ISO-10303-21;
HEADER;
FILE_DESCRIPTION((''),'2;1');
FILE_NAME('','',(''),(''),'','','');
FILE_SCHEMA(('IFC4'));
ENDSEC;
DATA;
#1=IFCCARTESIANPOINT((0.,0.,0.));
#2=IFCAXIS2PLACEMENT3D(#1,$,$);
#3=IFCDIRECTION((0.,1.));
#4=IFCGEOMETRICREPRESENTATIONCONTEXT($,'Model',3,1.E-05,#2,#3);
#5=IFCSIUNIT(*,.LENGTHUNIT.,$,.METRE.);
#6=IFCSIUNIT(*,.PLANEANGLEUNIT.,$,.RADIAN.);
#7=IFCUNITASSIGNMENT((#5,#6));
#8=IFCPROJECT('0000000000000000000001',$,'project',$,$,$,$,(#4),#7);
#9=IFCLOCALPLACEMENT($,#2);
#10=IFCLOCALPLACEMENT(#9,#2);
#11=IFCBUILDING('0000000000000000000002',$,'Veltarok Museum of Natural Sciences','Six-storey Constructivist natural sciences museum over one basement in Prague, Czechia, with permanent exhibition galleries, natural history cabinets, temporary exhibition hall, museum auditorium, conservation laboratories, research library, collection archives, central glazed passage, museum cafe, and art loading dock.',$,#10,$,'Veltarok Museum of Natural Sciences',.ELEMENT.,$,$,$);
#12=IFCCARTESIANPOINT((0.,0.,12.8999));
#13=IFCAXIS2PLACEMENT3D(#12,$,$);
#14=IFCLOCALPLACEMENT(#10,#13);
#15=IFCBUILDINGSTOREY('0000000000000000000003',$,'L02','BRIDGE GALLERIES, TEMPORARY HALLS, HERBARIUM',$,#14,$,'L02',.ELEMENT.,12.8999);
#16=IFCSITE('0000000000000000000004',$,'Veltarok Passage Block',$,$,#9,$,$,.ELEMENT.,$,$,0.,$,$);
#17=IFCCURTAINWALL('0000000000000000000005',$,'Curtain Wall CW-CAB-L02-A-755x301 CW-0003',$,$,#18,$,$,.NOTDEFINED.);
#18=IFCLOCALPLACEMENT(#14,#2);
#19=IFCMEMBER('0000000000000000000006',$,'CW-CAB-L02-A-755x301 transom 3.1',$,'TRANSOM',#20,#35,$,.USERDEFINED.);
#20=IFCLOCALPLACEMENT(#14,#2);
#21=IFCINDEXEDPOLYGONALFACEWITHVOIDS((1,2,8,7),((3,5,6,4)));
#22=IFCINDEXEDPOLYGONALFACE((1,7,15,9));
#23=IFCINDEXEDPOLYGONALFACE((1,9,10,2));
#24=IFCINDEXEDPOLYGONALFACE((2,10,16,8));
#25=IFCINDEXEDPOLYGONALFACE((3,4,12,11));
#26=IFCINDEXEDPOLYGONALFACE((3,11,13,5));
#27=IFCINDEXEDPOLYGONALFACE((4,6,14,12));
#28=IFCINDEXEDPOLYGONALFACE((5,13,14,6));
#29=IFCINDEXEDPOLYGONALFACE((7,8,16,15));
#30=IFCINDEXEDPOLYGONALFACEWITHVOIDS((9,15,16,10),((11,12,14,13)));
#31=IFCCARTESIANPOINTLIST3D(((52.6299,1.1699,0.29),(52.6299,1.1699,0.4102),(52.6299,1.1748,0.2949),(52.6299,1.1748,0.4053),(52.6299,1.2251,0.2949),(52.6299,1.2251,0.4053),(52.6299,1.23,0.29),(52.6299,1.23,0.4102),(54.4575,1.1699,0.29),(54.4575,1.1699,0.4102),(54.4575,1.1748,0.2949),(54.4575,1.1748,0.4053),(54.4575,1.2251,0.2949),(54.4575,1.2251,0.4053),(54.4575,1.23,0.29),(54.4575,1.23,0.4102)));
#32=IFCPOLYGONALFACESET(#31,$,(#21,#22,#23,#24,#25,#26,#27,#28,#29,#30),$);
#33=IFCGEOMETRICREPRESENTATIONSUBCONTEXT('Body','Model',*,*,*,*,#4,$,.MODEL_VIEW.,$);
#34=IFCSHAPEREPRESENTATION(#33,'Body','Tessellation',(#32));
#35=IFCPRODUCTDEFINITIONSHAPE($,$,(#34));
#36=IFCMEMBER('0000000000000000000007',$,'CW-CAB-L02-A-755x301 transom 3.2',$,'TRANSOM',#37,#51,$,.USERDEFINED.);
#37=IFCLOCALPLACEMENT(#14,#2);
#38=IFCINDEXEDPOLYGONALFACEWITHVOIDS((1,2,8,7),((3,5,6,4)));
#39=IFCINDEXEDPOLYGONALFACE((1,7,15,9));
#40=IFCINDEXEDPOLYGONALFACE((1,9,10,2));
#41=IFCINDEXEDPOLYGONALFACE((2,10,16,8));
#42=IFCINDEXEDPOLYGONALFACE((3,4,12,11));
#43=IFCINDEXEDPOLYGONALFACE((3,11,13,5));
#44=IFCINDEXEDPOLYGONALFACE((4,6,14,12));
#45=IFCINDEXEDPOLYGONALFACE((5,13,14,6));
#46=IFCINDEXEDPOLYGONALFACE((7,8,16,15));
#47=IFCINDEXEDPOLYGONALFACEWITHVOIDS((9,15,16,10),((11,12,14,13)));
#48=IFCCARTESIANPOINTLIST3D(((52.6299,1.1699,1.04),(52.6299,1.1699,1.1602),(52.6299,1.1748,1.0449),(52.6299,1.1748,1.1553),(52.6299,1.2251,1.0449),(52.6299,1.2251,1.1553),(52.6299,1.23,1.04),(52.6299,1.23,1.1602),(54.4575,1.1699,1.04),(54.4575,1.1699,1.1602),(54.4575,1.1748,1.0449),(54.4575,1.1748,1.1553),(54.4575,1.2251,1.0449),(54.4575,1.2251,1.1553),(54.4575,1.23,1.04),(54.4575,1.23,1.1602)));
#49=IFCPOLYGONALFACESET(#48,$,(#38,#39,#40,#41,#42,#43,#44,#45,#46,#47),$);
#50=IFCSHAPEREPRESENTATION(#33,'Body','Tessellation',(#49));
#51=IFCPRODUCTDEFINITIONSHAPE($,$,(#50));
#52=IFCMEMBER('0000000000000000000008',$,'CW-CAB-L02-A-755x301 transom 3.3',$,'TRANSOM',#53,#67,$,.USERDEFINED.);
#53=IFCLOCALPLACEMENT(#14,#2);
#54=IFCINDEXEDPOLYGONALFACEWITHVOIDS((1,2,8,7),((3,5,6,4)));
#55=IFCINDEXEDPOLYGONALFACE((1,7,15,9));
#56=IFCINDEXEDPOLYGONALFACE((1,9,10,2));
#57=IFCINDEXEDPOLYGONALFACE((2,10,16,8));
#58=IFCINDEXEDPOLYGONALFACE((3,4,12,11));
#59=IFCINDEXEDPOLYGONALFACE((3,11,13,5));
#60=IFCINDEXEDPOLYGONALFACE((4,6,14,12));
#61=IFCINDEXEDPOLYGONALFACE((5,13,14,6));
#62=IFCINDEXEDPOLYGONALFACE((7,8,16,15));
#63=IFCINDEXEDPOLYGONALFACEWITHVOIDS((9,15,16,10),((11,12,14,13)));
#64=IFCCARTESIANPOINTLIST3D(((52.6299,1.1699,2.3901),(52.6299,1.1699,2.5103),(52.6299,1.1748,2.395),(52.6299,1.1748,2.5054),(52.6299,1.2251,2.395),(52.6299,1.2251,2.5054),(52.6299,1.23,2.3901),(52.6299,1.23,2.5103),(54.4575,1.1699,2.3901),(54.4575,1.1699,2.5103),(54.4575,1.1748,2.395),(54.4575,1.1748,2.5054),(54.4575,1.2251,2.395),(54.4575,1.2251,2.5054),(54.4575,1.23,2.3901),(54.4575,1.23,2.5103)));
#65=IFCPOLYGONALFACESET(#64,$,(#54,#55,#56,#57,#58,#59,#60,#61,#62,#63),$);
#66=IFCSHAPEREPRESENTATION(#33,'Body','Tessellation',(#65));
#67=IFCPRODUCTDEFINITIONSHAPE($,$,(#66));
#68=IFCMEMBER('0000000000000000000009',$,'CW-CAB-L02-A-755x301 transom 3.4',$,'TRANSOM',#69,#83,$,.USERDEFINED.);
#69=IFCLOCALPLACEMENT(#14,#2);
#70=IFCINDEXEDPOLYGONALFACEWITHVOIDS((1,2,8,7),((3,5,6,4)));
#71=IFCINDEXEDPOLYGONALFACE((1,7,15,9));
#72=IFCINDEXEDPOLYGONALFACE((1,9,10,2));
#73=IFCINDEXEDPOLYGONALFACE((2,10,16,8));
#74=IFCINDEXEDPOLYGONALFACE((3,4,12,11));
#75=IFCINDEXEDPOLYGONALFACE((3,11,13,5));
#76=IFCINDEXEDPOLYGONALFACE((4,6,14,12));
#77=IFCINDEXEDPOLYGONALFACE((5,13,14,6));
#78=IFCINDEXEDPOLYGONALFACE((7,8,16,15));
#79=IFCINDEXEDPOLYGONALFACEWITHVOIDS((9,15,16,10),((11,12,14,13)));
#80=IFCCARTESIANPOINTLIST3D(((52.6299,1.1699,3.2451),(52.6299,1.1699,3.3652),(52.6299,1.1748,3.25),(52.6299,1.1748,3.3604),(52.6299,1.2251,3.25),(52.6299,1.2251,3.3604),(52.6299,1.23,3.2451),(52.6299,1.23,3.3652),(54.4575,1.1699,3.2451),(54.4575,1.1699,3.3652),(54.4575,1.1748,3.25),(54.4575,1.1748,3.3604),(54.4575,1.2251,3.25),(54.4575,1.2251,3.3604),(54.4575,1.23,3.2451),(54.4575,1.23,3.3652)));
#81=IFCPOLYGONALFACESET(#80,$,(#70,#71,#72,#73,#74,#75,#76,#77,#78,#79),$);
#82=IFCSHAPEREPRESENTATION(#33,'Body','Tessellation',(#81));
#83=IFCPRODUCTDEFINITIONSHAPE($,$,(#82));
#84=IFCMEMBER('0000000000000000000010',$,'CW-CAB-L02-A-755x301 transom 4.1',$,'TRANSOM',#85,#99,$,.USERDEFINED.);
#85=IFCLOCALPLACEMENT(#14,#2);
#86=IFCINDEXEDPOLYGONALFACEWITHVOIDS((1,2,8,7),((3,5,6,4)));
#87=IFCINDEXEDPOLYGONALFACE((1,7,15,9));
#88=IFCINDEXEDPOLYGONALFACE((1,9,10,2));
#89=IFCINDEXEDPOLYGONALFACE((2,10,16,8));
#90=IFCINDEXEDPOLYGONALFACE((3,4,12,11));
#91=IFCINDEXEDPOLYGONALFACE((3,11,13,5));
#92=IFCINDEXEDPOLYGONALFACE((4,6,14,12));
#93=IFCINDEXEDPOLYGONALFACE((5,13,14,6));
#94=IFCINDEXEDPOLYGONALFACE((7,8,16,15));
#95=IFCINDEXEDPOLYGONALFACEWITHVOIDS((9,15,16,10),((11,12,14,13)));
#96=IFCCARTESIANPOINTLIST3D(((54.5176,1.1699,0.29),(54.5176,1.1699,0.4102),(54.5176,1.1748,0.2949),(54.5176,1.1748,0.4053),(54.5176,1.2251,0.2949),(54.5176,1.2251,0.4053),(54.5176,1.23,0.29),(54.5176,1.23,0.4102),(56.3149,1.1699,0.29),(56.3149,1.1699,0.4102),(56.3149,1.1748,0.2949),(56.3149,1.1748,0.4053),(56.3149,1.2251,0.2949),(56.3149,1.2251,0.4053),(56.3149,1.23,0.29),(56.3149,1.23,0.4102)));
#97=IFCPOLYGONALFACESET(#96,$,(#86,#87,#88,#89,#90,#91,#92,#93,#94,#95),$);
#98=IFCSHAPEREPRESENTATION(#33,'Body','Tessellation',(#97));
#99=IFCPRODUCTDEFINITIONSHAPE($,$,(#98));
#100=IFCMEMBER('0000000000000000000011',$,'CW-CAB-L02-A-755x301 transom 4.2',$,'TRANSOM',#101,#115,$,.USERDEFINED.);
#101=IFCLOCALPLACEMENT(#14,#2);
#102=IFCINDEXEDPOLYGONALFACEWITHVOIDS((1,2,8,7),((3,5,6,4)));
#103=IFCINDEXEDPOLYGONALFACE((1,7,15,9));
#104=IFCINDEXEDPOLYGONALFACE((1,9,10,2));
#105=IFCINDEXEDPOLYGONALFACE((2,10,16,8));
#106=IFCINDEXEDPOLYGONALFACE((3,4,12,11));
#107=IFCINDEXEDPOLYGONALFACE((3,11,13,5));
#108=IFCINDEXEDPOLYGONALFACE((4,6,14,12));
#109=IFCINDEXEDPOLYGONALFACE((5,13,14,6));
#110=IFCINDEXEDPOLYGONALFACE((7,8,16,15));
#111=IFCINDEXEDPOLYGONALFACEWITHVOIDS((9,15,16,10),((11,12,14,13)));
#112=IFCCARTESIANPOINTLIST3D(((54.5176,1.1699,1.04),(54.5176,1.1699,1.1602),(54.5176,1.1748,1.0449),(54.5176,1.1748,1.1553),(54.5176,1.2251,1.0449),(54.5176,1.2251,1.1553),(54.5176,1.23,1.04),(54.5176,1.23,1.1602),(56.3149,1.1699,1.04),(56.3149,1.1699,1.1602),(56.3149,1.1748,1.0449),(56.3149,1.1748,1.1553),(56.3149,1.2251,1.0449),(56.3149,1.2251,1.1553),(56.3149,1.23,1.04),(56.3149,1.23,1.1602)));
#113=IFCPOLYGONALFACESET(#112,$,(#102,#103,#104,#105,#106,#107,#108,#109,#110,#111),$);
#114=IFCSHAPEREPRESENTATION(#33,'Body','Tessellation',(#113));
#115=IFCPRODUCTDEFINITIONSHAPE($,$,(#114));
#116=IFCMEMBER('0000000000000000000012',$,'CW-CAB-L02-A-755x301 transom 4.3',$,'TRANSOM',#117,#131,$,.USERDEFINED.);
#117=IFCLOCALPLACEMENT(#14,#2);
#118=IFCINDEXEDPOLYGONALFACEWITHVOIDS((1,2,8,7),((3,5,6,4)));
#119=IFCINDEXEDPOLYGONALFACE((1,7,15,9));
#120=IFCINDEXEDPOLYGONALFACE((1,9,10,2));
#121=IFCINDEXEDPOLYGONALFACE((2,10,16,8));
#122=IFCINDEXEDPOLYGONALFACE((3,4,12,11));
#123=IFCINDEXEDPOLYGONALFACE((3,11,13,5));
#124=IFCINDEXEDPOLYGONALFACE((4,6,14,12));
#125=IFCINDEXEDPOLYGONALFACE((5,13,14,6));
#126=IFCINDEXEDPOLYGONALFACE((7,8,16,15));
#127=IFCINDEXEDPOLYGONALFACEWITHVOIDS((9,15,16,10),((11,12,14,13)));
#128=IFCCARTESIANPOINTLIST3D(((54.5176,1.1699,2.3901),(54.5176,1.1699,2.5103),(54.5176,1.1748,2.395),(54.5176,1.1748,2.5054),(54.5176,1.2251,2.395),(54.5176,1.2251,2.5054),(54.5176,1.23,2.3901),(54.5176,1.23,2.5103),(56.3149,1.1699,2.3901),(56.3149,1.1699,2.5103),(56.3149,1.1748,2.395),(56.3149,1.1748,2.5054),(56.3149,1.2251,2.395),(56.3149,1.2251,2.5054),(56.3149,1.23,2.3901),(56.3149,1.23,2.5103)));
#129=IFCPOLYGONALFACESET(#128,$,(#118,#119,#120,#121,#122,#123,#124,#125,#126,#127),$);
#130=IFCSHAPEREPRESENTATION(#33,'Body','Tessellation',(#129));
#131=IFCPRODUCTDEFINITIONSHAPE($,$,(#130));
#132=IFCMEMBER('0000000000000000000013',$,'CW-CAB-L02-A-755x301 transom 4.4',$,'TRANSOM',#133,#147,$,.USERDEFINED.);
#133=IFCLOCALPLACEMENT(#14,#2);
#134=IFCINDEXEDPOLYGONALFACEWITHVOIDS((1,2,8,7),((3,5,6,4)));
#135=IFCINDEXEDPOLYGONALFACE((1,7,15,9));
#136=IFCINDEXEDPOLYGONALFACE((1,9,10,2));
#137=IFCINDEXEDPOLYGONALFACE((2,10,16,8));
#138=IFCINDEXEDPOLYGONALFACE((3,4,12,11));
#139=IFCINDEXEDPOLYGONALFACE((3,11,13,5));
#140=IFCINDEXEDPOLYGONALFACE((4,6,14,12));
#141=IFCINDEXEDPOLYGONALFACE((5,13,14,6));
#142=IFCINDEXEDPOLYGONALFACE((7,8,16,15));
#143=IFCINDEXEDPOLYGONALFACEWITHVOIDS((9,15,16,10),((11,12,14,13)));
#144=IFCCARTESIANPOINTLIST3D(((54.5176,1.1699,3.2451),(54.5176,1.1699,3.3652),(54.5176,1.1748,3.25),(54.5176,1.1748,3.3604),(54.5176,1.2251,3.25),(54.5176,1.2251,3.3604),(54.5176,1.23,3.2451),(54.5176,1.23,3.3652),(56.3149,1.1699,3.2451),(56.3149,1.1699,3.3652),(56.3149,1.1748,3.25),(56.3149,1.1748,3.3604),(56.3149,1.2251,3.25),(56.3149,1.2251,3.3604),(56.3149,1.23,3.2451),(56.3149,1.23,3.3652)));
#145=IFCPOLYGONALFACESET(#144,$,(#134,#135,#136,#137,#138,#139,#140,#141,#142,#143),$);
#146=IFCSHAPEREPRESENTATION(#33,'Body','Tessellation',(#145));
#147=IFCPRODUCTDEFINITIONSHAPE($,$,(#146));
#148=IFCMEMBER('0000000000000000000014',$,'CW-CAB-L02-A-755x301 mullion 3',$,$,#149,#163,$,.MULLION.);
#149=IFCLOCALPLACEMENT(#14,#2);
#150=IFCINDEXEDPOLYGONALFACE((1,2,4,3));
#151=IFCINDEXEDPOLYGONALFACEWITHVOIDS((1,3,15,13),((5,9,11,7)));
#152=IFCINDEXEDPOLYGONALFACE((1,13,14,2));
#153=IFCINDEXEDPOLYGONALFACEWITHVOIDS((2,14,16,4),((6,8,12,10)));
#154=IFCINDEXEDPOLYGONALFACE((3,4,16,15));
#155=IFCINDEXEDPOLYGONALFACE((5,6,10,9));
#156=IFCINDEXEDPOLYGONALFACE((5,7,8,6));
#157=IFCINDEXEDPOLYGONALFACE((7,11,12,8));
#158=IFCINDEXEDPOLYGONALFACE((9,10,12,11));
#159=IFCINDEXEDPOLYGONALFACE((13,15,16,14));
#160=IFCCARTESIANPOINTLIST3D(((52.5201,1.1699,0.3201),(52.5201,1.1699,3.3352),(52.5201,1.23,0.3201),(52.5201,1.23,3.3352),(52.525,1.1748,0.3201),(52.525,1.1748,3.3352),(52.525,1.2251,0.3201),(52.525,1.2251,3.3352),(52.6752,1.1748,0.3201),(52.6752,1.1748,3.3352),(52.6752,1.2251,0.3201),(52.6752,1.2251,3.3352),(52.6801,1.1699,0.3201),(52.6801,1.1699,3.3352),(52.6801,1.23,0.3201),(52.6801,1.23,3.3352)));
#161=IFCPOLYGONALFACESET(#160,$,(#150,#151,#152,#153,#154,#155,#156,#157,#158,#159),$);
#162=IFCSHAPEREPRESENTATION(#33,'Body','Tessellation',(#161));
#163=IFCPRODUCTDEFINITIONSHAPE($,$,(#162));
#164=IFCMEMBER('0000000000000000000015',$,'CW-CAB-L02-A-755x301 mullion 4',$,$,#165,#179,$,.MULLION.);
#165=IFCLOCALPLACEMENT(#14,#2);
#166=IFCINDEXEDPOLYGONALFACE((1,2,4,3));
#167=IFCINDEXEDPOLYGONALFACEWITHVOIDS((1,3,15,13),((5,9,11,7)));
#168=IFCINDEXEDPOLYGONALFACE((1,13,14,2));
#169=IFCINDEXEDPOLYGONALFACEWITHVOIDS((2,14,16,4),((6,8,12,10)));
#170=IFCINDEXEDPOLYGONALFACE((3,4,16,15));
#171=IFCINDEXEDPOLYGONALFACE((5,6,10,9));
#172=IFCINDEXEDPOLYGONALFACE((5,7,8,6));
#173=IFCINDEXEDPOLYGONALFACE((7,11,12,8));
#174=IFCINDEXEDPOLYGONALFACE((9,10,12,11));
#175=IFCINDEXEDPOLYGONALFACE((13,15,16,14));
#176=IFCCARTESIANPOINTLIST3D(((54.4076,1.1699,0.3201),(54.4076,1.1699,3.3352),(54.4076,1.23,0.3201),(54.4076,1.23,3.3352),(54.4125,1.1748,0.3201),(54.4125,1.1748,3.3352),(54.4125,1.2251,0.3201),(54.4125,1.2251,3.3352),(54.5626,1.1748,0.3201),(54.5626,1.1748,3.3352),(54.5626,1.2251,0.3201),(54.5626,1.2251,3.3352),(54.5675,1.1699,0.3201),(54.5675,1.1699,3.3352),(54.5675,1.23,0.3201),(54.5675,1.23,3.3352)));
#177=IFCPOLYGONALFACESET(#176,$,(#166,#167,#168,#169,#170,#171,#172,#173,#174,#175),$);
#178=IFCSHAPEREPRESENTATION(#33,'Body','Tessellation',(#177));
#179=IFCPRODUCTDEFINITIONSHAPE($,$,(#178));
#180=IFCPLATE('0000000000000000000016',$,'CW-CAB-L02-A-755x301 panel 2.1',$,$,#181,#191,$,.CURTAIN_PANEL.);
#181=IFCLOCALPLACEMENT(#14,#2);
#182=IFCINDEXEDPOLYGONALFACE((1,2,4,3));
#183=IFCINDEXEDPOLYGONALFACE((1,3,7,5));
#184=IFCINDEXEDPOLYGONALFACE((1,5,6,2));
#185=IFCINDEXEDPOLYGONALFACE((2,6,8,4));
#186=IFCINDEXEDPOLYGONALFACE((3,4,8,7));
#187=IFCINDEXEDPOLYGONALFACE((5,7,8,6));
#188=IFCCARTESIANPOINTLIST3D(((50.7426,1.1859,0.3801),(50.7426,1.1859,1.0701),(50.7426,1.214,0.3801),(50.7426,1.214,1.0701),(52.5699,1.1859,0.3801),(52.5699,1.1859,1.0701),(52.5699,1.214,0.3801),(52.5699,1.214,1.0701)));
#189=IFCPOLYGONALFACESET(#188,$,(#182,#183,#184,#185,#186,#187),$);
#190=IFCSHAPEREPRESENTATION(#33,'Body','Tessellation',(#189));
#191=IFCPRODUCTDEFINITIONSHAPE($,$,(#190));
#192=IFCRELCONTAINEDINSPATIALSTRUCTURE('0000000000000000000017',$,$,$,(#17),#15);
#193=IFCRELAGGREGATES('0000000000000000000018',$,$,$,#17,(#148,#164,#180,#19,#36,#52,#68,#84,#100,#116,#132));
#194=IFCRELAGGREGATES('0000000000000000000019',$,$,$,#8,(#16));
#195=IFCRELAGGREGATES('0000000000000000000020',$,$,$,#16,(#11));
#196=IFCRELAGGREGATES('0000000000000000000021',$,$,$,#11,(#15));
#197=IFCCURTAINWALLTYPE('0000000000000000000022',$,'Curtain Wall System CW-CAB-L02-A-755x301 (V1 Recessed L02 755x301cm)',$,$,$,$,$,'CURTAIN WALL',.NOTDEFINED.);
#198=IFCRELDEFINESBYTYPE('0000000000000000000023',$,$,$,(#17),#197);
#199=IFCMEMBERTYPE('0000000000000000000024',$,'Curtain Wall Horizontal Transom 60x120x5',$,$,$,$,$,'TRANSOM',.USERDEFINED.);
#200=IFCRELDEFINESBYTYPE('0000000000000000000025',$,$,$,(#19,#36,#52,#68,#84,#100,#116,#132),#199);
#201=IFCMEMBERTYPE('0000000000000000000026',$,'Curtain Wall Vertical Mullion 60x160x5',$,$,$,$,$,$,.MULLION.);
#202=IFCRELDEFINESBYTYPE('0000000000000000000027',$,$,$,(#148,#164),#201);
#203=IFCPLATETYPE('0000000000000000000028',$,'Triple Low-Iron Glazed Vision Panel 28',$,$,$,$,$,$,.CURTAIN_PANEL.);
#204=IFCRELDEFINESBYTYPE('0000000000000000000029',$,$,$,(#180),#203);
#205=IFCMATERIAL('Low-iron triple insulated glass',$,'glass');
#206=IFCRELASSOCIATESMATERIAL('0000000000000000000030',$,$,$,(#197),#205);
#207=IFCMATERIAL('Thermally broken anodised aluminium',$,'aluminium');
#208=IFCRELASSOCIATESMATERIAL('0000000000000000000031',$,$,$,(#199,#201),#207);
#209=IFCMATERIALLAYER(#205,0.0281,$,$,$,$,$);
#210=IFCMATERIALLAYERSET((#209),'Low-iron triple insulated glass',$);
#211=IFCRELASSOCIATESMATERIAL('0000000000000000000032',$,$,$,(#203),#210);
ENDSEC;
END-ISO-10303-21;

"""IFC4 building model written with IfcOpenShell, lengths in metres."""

from ifc_helpers import new_model, si_unit, direction, frame, origin, origin_2d, place, context, subcontext, project, spatial, rectangle, hollow_rectangle, extrude, material, layer, layer_set, material_profile, profile_set, type_object, element, aggregate, save


model = new_model("IFC4")

# Units and contexts
model_context = context("Model", 3, precision=1e-05, world=origin(), true_north=direction((0.0, 1.0)))
body_context = subcontext(model_context, "Body", "Model", "MODEL_VIEW")
ifc_project = project(units=[si_unit("LENGTHUNIT", "METRE"), si_unit("PLANEANGLEUNIT", "RADIAN")], contexts=[model_context])

# Site, building, storey
site_placement = place(None, origin())
site = spatial("IfcSite", under=ifc_project, at=site_placement, Name="Veltarok Passage Block", CompositionType="ELEMENT", RefElevation=0.0)
building_placement = place(site_placement, origin())
building = spatial("IfcBuilding", under=site, at=building_placement, Name="Veltarok Museum of Natural Sciences", Description="Six-storey Constructivist natural sciences museum over one basement in Prague, Czechia, with permanent exhibition galleries, natural history cabinets, temporary exhibition hall, museum auditorium, conservation laboratories, research library, collection archives, central glazed passage, museum cafe, and art loading dock.", LongName="Veltarok Museum of Natural Sciences", CompositionType="ELEMENT")
storey_placement = place(building_placement, frame((0.0, 0.0, 12.8999)))
storey = spatial("IfcBuildingStorey", under=building, at=storey_placement, Name="L02", Description="BRIDGE GALLERIES, TEMPORARY HALLS, HERBARIUM", LongName="L02", CompositionType="ELEMENT", Elevation=12.8999)

# Curtain wall, members, plate
ifc_material_1 = material(Name="Low-iron triple insulated glass", Category="glass")
curtain_wall_type = type_object("IfcCurtainWallType", Name="Curtain Wall System CW-CAB-L02-A-755x301 (V1 Recessed L02 755x301cm)", ElementType="CURTAIN WALL", PredefinedType="NOTDEFINED", material=ifc_material_1)
curtain_wall_placement = place(storey_placement, origin())
curtain_wall = element("IfcCurtainWall", 1, at=curtain_wall_placement, inside=storey, type_object=curtain_wall_type, Name="Curtain Wall CW-CAB-L02-A-755x301 CW-0003", PredefinedType="NOTDEFINED")
ifc_material_2 = material(Name="Thermally broken anodised aluminium", Category="aluminium")
ifc_material_profile_1 = material_profile(ifc_material_2, hollow_rectangle(XDim=0.0601, YDim=0.1201, WallThickness=0.0049, at=origin_2d()), Name="CW TRANSOM 60x120x5")
ifc_profile_set_1 = profile_set([ifc_material_profile_1], Name="Thermally broken anodised aluminium")
member_type_1 = type_object("IfcMemberType", Name="Curtain Wall Horizontal Transom 60x120x5", ElementType="TRANSOM", PredefinedType="USERDEFINED", material=ifc_profile_set_1)
member_1_placement = place(storey_placement, frame((52.6299, 1.2, 0.3501), z_axis=(1.0, 0.0, 0.0), x_axis=(0.0, 1.0, 0.0)))
member_1 = element("IfcMember", 2, at=member_1_placement, type_object=member_type_1, Name="CW-CAB-L02-A-755x301 transom 3.1", ObjectType="TRANSOM", PredefinedType="USERDEFINED", context=body_context, shape_type="SweptSolid", body=[
    extrude(hollow_rectangle(XDim=0.0601, YDim=0.1201, WallThickness=0.0049, at=origin_2d()), origin(), (0.0, 0.0, 1.0), 1.8276),
])
member_2_placement = place(storey_placement, frame((52.6299, 1.2, 1.1001), z_axis=(1.0, 0.0, 0.0), x_axis=(0.0, 1.0, 0.0)))
member_2 = element("IfcMember", 3, at=member_2_placement, type_object=member_type_1, Name="CW-CAB-L02-A-755x301 transom 3.2", ObjectType="TRANSOM", PredefinedType="USERDEFINED", context=body_context, shape_type="SweptSolid", body=[
    extrude(hollow_rectangle(XDim=0.0601, YDim=0.1201, WallThickness=0.0049, at=origin_2d()), origin(), (0.0, 0.0, 1.0), 1.8276),
])
member_3_placement = place(storey_placement, frame((52.6299, 1.2, 2.4502), z_axis=(1.0, 0.0, 0.0), x_axis=(0.0, 1.0, 0.0)))
member_3 = element("IfcMember", 4, at=member_3_placement, type_object=member_type_1, Name="CW-CAB-L02-A-755x301 transom 3.3", ObjectType="TRANSOM", PredefinedType="USERDEFINED", context=body_context, shape_type="SweptSolid", body=[
    extrude(hollow_rectangle(XDim=0.0601, YDim=0.1201, WallThickness=0.0049, at=origin_2d()), origin(), (0.0, 0.0, 1.0), 1.8276),
])
member_4_placement = place(storey_placement, frame((52.6299, 1.2, 3.3052), z_axis=(1.0, 0.0, 0.0), x_axis=(0.0, 1.0, 0.0)))
member_4 = element("IfcMember", 5, at=member_4_placement, type_object=member_type_1, Name="CW-CAB-L02-A-755x301 transom 3.4", ObjectType="TRANSOM", PredefinedType="USERDEFINED", context=body_context, shape_type="SweptSolid", body=[
    extrude(hollow_rectangle(XDim=0.0601, YDim=0.1201, WallThickness=0.0049, at=origin_2d()), origin(), (0.0, 0.0, 1.0), 1.8276),
])
member_5_placement = place(storey_placement, frame((54.5176, 1.2, 0.3501), z_axis=(1.0, 0.0, 0.0), x_axis=(0.0, 1.0, 0.0)))
member_5 = element("IfcMember", 6, at=member_5_placement, type_object=member_type_1, Name="CW-CAB-L02-A-755x301 transom 4.1", ObjectType="TRANSOM", PredefinedType="USERDEFINED", context=body_context, shape_type="SweptSolid", body=[
    extrude(hollow_rectangle(XDim=0.0601, YDim=0.1201, WallThickness=0.0049, at=origin_2d()), origin(), (0.0, 0.0, 1.0), 1.7974),
])
member_6_placement = place(storey_placement, frame((54.5176, 1.2, 1.1001), z_axis=(1.0, 0.0, 0.0), x_axis=(0.0, 1.0, 0.0)))
member_6 = element("IfcMember", 7, at=member_6_placement, type_object=member_type_1, Name="CW-CAB-L02-A-755x301 transom 4.2", ObjectType="TRANSOM", PredefinedType="USERDEFINED", context=body_context, shape_type="SweptSolid", body=[
    extrude(hollow_rectangle(XDim=0.0601, YDim=0.1201, WallThickness=0.0049, at=origin_2d()), origin(), (0.0, 0.0, 1.0), 1.7974),
])
member_7_placement = place(storey_placement, frame((54.5176, 1.2, 2.4502), z_axis=(1.0, 0.0, 0.0), x_axis=(0.0, 1.0, 0.0)))
member_7 = element("IfcMember", 8, at=member_7_placement, type_object=member_type_1, Name="CW-CAB-L02-A-755x301 transom 4.3", ObjectType="TRANSOM", PredefinedType="USERDEFINED", context=body_context, shape_type="SweptSolid", body=[
    extrude(hollow_rectangle(XDim=0.0601, YDim=0.1201, WallThickness=0.0049, at=origin_2d()), origin(), (0.0, 0.0, 1.0), 1.7974),
])
member_8_placement = place(storey_placement, frame((54.5176, 1.2, 3.3052), z_axis=(1.0, 0.0, 0.0), x_axis=(0.0, 1.0, 0.0)))
member_8 = element("IfcMember", 9, at=member_8_placement, type_object=member_type_1, Name="CW-CAB-L02-A-755x301 transom 4.4", ObjectType="TRANSOM", PredefinedType="USERDEFINED", context=body_context, shape_type="SweptSolid", body=[
    extrude(hollow_rectangle(XDim=0.0601, YDim=0.1201, WallThickness=0.0049, at=origin_2d()), origin(), (0.0, 0.0, 1.0), 1.7974),
])
ifc_material_profile_2 = material_profile(ifc_material_2, hollow_rectangle(XDim=0.0601, YDim=0.1599, WallThickness=0.0049, at=origin_2d()), Name="CW MULLION 60x160x5")
ifc_profile_set_2 = profile_set([ifc_material_profile_2], Name="Thermally broken anodised aluminium")
member_type_2 = type_object("IfcMemberType", Name="Curtain Wall Vertical Mullion 60x160x5", PredefinedType="MULLION", material=ifc_profile_set_2)
member_9_placement = place(storey_placement, frame((52.6001, 1.2, 0.3201), z_axis=(0.0, 0.0, 1.0), x_axis=(0.0, 1.0, 0.0)))
member_9 = element("IfcMember", 10, at=member_9_placement, type_object=member_type_2, Name="CW-CAB-L02-A-755x301 mullion 3", PredefinedType="MULLION", context=body_context, shape_type="SweptSolid", body=[
    extrude(hollow_rectangle(XDim=0.0601, YDim=0.1599, WallThickness=0.0049, at=origin_2d()), origin(), (0.0, 0.0, 1.0), 3.0151),
])
member_10_placement = place(storey_placement, frame((54.4875, 1.2, 0.3201), z_axis=(0.0, 0.0, 1.0), x_axis=(0.0, 1.0, 0.0)))
member_10 = element("IfcMember", 11, at=member_10_placement, type_object=member_type_2, Name="CW-CAB-L02-A-755x301 mullion 4", PredefinedType="MULLION", context=body_context, shape_type="SweptSolid", body=[
    extrude(hollow_rectangle(XDim=0.0601, YDim=0.1599, WallThickness=0.0049, at=origin_2d()), origin(), (0.0, 0.0, 1.0), 3.0151),
])
ifc_layer = layer(ifc_material_1, 0.0281)
ifc_layer_set = layer_set([ifc_layer], Name="Low-iron triple insulated glass")
plate_type = type_object("IfcPlateType", Name="Triple Low-Iron Glazed Vision Panel 28", PredefinedType="CURTAIN_PANEL", material=ifc_layer_set)
plate_1_placement = place(storey_placement, frame((51.6562, 1.2, 0.3801), z_axis=(0.0, 0.0, 1.0), x_axis=(1.0, 0.0, 0.0)))
plate_1 = element("IfcPlate", 12, at=plate_1_placement, type_object=plate_type, Name="CW-CAB-L02-A-755x301 panel 2.1", PredefinedType="CURTAIN_PANEL", context=body_context, shape_type="SweptSolid", body=[
    extrude(rectangle(XDim=1.8274, YDim=0.0281, at=origin_2d()), origin(), (0.0, 0.0, 1.0), 0.6899),
])
aggregate(curtain_wall, [member_9, member_10, plate_1, member_1, member_2, member_3, member_4, member_5, member_6, member_7, member_8])

save(model, "model.ifc")
